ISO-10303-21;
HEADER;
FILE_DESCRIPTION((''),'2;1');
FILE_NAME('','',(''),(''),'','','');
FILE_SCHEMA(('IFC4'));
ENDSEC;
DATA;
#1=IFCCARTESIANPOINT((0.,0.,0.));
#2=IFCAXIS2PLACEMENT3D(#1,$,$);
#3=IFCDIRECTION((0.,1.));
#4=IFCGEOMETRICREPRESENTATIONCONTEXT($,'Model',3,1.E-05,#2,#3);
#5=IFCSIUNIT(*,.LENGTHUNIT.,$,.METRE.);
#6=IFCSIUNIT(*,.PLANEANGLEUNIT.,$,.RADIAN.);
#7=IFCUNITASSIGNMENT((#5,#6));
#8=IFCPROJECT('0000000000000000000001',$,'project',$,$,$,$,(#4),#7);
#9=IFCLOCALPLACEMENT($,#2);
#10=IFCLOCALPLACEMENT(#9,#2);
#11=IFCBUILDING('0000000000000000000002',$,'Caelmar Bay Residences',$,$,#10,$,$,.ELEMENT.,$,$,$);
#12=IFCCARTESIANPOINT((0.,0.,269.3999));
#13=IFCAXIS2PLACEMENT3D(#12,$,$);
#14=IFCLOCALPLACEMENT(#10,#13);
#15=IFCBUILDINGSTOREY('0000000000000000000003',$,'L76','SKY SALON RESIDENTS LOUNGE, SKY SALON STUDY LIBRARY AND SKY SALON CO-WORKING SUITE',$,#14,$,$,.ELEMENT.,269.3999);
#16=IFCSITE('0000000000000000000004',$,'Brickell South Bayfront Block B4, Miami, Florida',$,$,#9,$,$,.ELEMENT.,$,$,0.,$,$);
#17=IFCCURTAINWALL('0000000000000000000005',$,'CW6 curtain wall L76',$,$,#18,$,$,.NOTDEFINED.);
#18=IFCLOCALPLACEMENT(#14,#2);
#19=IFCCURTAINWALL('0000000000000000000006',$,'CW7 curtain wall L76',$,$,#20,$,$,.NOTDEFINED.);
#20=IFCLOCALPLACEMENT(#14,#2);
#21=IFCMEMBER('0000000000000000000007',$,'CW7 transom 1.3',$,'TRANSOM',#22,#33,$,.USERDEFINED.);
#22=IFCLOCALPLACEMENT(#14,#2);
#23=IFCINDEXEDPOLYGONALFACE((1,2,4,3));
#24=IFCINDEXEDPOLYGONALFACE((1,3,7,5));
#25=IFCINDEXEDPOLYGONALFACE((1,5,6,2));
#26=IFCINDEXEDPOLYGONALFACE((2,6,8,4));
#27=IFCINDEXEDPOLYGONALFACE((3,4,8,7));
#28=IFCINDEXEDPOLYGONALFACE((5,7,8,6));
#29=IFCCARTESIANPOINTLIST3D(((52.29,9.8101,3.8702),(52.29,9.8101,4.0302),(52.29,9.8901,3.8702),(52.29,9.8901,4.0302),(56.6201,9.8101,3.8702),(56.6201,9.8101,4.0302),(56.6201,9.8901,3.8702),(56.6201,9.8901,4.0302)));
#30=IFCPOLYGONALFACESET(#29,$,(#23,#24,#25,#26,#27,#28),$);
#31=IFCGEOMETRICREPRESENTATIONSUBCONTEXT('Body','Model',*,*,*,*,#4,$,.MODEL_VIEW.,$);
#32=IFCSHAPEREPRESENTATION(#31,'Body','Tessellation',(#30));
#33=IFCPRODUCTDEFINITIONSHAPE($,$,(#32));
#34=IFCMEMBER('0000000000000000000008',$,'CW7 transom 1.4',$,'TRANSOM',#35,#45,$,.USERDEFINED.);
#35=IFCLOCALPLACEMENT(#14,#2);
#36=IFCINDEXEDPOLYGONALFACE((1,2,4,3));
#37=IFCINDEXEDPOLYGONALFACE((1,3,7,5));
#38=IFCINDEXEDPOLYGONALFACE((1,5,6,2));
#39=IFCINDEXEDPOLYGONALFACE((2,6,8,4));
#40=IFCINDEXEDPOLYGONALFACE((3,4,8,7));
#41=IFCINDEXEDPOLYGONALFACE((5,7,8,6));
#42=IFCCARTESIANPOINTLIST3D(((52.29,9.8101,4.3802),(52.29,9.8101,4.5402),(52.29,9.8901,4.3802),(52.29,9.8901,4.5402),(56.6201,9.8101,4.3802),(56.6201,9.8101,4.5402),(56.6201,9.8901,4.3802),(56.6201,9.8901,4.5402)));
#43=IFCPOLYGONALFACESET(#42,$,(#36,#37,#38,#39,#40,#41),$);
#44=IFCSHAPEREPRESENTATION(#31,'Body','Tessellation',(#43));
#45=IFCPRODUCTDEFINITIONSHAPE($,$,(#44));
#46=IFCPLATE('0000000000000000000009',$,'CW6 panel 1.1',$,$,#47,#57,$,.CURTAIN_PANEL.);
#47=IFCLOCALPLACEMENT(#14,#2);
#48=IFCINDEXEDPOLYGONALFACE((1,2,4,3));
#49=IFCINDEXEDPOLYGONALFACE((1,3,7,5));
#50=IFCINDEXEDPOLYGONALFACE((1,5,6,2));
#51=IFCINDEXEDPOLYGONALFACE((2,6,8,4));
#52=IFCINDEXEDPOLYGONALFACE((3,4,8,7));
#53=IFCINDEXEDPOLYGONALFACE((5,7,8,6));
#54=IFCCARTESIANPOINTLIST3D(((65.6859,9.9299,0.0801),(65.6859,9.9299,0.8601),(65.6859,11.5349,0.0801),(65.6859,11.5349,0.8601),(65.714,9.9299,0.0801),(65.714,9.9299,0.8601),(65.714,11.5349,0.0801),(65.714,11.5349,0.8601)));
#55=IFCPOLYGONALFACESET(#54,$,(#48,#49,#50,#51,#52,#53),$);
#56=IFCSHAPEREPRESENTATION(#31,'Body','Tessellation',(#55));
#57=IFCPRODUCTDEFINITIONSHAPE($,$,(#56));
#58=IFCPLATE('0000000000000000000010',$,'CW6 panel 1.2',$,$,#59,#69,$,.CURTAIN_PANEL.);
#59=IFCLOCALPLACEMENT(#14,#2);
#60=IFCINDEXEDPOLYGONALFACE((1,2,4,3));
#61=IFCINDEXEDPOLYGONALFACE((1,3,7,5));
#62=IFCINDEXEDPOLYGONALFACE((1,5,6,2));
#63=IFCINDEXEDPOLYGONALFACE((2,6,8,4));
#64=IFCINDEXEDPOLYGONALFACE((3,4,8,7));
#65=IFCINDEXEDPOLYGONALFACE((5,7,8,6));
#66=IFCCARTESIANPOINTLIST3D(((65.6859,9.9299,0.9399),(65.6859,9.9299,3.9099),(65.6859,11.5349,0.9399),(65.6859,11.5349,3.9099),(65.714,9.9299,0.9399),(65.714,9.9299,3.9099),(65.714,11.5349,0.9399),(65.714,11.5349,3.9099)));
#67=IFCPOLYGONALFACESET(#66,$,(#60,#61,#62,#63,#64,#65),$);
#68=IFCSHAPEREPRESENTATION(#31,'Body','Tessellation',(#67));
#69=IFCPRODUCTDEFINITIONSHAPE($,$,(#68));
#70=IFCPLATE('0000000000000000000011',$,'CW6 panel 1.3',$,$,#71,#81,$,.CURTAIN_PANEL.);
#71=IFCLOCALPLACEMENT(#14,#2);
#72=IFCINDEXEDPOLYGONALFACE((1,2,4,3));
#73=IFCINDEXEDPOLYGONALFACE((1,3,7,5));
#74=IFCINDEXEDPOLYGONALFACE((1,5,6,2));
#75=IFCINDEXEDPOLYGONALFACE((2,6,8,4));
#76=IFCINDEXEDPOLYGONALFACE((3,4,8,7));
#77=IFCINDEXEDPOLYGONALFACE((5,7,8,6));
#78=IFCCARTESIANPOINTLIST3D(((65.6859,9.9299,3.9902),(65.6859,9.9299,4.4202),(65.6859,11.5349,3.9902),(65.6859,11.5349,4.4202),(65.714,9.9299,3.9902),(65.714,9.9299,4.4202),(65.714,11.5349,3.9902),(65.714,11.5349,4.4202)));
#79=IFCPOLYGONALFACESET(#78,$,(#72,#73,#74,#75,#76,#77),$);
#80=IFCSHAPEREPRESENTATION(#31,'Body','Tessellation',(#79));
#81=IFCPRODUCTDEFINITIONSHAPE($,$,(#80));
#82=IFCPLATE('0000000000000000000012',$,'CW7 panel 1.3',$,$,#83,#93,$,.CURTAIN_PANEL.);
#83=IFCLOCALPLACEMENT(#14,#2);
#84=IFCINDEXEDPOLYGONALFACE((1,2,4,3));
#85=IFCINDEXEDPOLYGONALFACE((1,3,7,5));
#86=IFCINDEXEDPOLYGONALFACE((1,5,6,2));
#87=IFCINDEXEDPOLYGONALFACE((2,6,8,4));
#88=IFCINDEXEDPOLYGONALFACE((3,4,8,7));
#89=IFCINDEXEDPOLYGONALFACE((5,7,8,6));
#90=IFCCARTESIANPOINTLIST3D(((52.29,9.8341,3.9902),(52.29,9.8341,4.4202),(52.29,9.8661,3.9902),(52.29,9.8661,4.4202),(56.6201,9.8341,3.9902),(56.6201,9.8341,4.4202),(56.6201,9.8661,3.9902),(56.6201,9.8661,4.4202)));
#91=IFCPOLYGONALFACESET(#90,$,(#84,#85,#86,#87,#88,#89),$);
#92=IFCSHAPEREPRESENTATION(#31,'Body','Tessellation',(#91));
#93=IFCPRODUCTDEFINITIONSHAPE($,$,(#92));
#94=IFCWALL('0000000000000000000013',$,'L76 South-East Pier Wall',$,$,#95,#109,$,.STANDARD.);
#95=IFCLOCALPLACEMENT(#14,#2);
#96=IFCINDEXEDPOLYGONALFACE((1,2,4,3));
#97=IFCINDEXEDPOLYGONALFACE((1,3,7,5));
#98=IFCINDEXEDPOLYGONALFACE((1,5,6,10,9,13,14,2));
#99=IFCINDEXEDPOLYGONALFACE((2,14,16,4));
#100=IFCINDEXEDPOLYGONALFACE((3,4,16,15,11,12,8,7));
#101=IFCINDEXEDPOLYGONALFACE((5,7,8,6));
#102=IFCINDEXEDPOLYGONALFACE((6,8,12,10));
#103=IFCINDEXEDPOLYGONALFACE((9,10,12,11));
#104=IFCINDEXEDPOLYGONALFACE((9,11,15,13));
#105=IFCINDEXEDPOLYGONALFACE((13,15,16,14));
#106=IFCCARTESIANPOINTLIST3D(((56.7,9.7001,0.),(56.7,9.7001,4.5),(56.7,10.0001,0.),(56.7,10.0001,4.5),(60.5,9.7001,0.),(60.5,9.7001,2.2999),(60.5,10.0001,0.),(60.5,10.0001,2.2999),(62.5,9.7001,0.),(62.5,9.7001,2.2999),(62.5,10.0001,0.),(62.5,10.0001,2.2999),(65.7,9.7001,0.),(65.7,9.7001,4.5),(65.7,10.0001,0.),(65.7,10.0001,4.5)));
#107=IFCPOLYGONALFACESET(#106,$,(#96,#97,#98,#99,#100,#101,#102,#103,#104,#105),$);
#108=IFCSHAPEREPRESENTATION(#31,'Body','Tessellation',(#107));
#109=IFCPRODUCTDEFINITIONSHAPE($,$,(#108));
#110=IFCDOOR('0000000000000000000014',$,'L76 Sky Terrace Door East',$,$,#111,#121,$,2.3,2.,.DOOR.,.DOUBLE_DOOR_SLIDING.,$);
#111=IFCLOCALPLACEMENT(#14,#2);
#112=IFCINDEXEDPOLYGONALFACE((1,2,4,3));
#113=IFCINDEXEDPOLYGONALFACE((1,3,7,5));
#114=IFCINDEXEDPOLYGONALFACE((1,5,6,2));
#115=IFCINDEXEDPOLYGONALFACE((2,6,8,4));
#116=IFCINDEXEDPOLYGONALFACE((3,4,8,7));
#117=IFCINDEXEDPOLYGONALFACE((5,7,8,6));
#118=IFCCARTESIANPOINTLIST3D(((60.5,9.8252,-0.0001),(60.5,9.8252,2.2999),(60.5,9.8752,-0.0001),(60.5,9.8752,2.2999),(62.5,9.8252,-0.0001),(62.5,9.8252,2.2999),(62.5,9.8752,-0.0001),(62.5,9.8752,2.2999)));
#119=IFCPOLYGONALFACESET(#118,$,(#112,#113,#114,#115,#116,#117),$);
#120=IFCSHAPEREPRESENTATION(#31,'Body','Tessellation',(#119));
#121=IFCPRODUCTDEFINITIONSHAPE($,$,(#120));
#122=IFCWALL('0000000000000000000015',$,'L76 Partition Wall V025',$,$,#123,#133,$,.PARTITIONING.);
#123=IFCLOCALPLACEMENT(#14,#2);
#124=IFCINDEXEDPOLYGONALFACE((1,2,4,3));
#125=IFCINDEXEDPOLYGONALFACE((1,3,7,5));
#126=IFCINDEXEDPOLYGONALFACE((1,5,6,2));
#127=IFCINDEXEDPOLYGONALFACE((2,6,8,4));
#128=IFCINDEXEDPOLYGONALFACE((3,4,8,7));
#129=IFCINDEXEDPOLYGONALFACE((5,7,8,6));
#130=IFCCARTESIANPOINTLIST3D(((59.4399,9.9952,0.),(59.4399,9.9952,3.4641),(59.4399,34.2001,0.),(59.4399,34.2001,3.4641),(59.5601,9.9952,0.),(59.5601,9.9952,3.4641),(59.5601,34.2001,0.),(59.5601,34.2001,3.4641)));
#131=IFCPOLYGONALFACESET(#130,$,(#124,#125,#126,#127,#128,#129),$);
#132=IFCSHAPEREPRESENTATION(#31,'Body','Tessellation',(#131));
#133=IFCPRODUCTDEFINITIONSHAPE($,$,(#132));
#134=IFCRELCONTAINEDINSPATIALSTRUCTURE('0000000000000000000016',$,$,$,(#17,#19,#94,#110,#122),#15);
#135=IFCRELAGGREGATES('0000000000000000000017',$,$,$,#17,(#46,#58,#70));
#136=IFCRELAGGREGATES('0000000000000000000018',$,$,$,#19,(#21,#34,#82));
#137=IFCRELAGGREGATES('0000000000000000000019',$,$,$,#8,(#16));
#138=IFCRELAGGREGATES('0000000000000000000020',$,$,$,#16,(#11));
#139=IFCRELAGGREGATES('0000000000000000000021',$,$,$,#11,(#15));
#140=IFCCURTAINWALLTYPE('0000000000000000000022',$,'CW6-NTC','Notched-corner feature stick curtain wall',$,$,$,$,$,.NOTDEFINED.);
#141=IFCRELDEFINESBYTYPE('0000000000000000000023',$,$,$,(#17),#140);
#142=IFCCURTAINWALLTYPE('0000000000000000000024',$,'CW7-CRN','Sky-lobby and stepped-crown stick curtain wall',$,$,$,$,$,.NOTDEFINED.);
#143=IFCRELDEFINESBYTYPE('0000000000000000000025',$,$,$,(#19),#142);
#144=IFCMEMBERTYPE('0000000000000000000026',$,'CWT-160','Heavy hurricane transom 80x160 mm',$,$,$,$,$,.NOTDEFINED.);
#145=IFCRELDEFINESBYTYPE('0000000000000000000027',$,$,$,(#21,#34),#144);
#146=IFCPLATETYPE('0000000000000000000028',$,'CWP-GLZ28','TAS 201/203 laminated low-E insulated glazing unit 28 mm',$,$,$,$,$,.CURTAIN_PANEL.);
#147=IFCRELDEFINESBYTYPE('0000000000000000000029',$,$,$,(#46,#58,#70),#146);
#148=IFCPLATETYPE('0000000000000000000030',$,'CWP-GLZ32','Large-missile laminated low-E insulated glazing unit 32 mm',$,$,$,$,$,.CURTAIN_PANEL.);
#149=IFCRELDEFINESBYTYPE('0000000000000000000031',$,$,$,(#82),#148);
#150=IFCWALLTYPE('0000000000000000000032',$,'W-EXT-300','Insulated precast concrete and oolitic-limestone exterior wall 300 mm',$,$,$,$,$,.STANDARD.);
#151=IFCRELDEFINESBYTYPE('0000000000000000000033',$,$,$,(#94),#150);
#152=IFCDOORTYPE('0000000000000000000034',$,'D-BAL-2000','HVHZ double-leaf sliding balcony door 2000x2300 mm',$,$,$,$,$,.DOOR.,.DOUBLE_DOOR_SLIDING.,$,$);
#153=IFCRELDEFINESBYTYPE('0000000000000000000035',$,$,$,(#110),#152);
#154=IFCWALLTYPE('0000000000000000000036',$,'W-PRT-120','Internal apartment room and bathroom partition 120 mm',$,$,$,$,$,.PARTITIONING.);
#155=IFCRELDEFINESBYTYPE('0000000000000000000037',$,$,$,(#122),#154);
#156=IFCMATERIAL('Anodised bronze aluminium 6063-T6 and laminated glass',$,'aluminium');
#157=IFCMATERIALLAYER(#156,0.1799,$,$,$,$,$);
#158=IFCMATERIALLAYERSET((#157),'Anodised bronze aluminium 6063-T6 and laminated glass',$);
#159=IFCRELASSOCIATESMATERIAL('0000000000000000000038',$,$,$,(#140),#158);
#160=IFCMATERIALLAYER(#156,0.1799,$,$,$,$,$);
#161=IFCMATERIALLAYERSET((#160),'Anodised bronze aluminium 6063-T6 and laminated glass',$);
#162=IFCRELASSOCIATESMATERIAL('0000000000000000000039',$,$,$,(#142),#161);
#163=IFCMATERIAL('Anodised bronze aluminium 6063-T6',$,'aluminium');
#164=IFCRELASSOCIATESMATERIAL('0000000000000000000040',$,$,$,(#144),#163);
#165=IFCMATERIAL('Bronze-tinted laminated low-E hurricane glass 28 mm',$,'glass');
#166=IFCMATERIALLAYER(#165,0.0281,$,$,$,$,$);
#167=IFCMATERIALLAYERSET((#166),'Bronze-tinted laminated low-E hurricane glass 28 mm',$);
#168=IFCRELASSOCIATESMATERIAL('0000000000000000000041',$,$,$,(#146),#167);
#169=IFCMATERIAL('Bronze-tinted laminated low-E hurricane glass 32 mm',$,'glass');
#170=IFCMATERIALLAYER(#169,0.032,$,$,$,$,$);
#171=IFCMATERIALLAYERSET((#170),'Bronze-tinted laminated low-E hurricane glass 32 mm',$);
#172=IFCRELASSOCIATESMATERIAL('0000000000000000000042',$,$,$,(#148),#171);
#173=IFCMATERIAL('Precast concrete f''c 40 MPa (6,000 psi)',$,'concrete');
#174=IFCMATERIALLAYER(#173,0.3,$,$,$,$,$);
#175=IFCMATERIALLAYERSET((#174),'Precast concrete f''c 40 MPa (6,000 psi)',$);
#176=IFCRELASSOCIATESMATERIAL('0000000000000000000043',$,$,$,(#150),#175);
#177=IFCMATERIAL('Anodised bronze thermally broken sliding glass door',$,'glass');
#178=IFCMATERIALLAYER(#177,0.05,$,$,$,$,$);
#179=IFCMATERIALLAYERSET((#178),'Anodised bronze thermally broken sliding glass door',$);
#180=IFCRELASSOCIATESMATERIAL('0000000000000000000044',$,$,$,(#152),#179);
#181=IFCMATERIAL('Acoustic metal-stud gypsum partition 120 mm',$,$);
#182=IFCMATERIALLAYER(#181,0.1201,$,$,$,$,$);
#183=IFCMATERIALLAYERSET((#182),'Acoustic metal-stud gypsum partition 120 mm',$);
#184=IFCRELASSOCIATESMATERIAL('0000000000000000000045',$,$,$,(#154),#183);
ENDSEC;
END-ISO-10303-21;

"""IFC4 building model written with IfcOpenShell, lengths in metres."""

from ifc_helpers import new_model, si_unit, direction, frame, frame_2d, origin, origin_2d, place, context, subcontext, project, spatial, rectangle, extrude, material, layer, layer_set, material_profile, profile_set, type_object, element, fill, aggregate, save


model = new_model("IFC4")

# Units and contexts
model_context = context("Model", 3, precision=1e-05, world=origin(), true_north=direction((0.0, 1.0)))
body_context = subcontext(model_context, "Body", "Model", "MODEL_VIEW")
ifc_project = project(units=[si_unit("LENGTHUNIT", "METRE"), si_unit("PLANEANGLEUNIT", "RADIAN")], contexts=[model_context])

# Site, building, storey
site_placement = place(None, origin())
site = spatial("IfcSite", under=ifc_project, at=site_placement, Name="Brickell South Bayfront Block B4, Miami, Florida", CompositionType="ELEMENT", RefElevation=0.0)
building_placement = place(site_placement, origin())
building = spatial("IfcBuilding", under=site, at=building_placement, Name="Caelmar Bay Residences", CompositionType="ELEMENT")
storey_placement = place(building_placement, frame((0.0, 0.0, 269.3999)))
storey = spatial("IfcBuildingStorey", under=building, at=storey_placement, Name="L76", Description="SKY SALON RESIDENTS LOUNGE, SKY SALON STUDY LIBRARY AND SKY SALON CO-WORKING SUITE", CompositionType="ELEMENT", Elevation=269.3999)

# Curtain wall
ifc_material_1 = material(Name="Anodised bronze aluminium 6063-T6 and laminated glass", Category="aluminium")
ifc_layer_1 = layer(ifc_material_1, 0.1799)
ifc_layer_set_1 = layer_set([ifc_layer_1], Name="Anodised bronze aluminium 6063-T6 and laminated glass")
curtain_wall_type_1 = type_object("IfcCurtainWallType", Name="CW6-NTC", Description="Notched-corner feature stick curtain wall", PredefinedType="NOTDEFINED", material=ifc_layer_set_1)
curtain_wall_1_placement = place(storey_placement, origin())
curtain_wall_1 = element("IfcCurtainWall", 1, at=curtain_wall_1_placement, inside=storey, type_object=curtain_wall_type_1, Name="CW6 curtain wall L76", PredefinedType="NOTDEFINED")
ifc_material_2 = material(Name="Anodised bronze aluminium 6063-T6", Category="aluminium")

# Curtain wall
ifc_layer_2 = layer(ifc_material_1, 0.1799)
ifc_layer_set_2 = layer_set([ifc_layer_2], Name="Anodised bronze aluminium 6063-T6 and laminated glass")
curtain_wall_type_2 = type_object("IfcCurtainWallType", Name="CW7-CRN", Description="Sky-lobby and stepped-crown stick curtain wall", PredefinedType="NOTDEFINED", material=ifc_layer_set_2)
curtain_wall_2_placement = place(storey_placement, origin())
curtain_wall_2 = element("IfcCurtainWall", 2, at=curtain_wall_2_placement, inside=storey, type_object=curtain_wall_type_2, Name="CW7 curtain wall L76", PredefinedType="NOTDEFINED")

# Members
ifc_material_profile_1 = material_profile(ifc_material_2, rectangle(XDim=0.0801, YDim=0.1599, at=origin_2d()), Name="CWT-80X160")
ifc_profile_set_1 = profile_set([ifc_material_profile_1], Name="Anodised bronze aluminium 6063-T6")
member_type_1 = type_object("IfcMemberType", Name="CWT-160", Description="Heavy hurricane transom 80x160 mm", PredefinedType="NOTDEFINED", material=ifc_profile_set_1)
member_1_placement = place(storey_placement, frame((56.6201, 9.8501, 3.9502), z_axis=(-1.0, 0.0, 0.0), x_axis=(0.0, -1.0, 0.0)))
member_1 = element("IfcMember", 3, at=member_1_placement, type_object=member_type_1, Name="CW7 transom 1.3", ObjectType="TRANSOM", PredefinedType="USERDEFINED", context=body_context, shape_type="SweptSolid", body=[
    extrude(rectangle(XDim=0.0801, YDim=0.1599, at=origin_2d()), origin(), (0.0, 0.0, 1.0), 4.3301),
])
member_2_placement = place(storey_placement, frame((56.6201, 9.8501, 4.4602), z_axis=(-1.0, 0.0, 0.0), x_axis=(0.0, -1.0, 0.0)))
member_2 = element("IfcMember", 4, at=member_2_placement, type_object=member_type_1, Name="CW7 transom 1.4", ObjectType="TRANSOM", PredefinedType="USERDEFINED", context=body_context, shape_type="SweptSolid", body=[
    extrude(rectangle(XDim=0.0801, YDim=0.1599, at=origin_2d()), origin(), (0.0, 0.0, 1.0), 4.3301),
])

# Plates
ifc_material_3 = material(Name="Bronze-tinted laminated low-E hurricane glass 28 mm", Category="glass")
ifc_layer_3 = layer(ifc_material_3, 0.0281)
ifc_layer_set_3 = layer_set([ifc_layer_3], Name="Bronze-tinted laminated low-E hurricane glass 28 mm")
plate_type_1 = type_object("IfcPlateType", Name="CWP-GLZ28", Description="TAS 201/203 laminated low-E insulated glazing unit 28 mm", PredefinedType="CURTAIN_PANEL", material=ifc_layer_set_3)
plate_1_placement = place(storey_placement, frame((65.7, 10.7324, 0.0801), z_axis=(0.0, 0.0, 1.0), x_axis=(0.0, 1.0, 0.0)))
plate_1 = element("IfcPlate", 5, at=plate_1_placement, type_object=plate_type_1, Name="CW6 panel 1.1", PredefinedType="CURTAIN_PANEL", context=body_context, shape_type="SweptSolid", body=[
    extrude(rectangle(XDim=1.605, YDim=0.0281, at=origin_2d()), origin(), (0.0, 0.0, 1.0), 0.78),
])
plate_2_placement = place(storey_placement, frame((65.7, 10.7324, 0.9399), z_axis=(0.0, 0.0, 1.0), x_axis=(0.0, 1.0, 0.0)))
plate_2 = element("IfcPlate", 6, at=plate_2_placement, type_object=plate_type_1, Name="CW6 panel 1.2", PredefinedType="CURTAIN_PANEL", context=body_context, shape_type="SweptSolid", body=[
    extrude(rectangle(XDim=1.605, YDim=0.0281, at=origin_2d()), origin(), (0.0, 0.0, 1.0), 2.97),
])
plate_3_placement = place(storey_placement, frame((65.7, 10.7324, 3.9902), z_axis=(0.0, 0.0, 1.0), x_axis=(0.0, 1.0, 0.0)))
plate_3 = element("IfcPlate", 7, at=plate_3_placement, type_object=plate_type_1, Name="CW6 panel 1.3", PredefinedType="CURTAIN_PANEL", context=body_context, shape_type="SweptSolid", body=[
    extrude(rectangle(XDim=1.605, YDim=0.0281, at=origin_2d()), origin(), (0.0, 0.0, 1.0), 0.4299),
])
aggregate(curtain_wall_1, [plate_1, plate_2, plate_3])
ifc_material_4 = material(Name="Bronze-tinted laminated low-E hurricane glass 32 mm", Category="glass")
ifc_layer_4 = layer(ifc_material_4, 0.032)
ifc_layer_set_4 = layer_set([ifc_layer_4], Name="Bronze-tinted laminated low-E hurricane glass 32 mm")
plate_type_2 = type_object("IfcPlateType", Name="CWP-GLZ32", Description="Large-missile laminated low-E insulated glazing unit 32 mm", PredefinedType="CURTAIN_PANEL", material=ifc_layer_set_4)
plate_4_placement = place(storey_placement, frame((54.4551, 9.8501, 3.9902), z_axis=(0.0, 0.0, 1.0), x_axis=(-1.0, 0.0, 0.0)))
plate_4 = element("IfcPlate", 8, at=plate_4_placement, type_object=plate_type_2, Name="CW7 panel 1.3", PredefinedType="CURTAIN_PANEL", context=body_context, shape_type="SweptSolid", body=[
    extrude(rectangle(XDim=4.3301, YDim=0.032, at=origin_2d()), origin(), (0.0, 0.0, 1.0), 0.4299),
])
aggregate(curtain_wall_2, [member_1, member_2, plate_4])

# Wall, opening, door
ifc_material_5 = material(Name="Precast concrete f'c 40 MPa (6,000 psi)", Category="concrete")
ifc_layer_5 = layer(ifc_material_5, 0.3)
ifc_layer_set_5 = layer_set([ifc_layer_5], Name="Precast concrete f'c 40 MPa (6,000 psi)")
wall_type_1 = type_object("IfcWallType", Name="W-EXT-300", Description="Insulated precast concrete and oolitic-limestone exterior wall 300 mm", PredefinedType="STANDARD", material=ifc_layer_set_5)
wall_1_placement = place(storey_placement, frame((65.7, 9.8501, 0.0), z_axis=(0.0, 0.0, 1.0), x_axis=(-1.0, 0.0, 0.0)))
wall_1 = element("IfcWall", 9, at=wall_1_placement, inside=storey, type_object=wall_type_1, Name="L76 South-East Pier Wall", PredefinedType="STANDARD", context=body_context, shape_type="SweptSolid", body=[
    extrude(rectangle(XDim=9.0, YDim=0.3, at=frame_2d((4.5, 0.0))), origin(), (0.0, 0.0, 1.0), 4.5),
])
opening_placement = place(wall_1_placement, frame((3.2, 0.0, 0.0)))
opening = element("IfcOpeningElement", 10, at=opening_placement, cuts=wall_1, PredefinedType="OPENING", context=body_context, shape_type="SweptSolid", body=[
    extrude(rectangle(XDim=2.0, YDim=2.3, at=frame_2d((1.0, 1.1499))), frame((0.0, 0.1599, 0.0), z_axis=(0.0, -1.0, 0.0), x_axis=(1.0, 0.0, 0.0)), (0.0, 0.0, 1.0), 0.3201),
])
ifc_material_6 = material(Name="Anodised bronze thermally broken sliding glass door", Category="glass")
ifc_layer_6 = layer(ifc_material_6, 0.05)
ifc_layer_set_6 = layer_set([ifc_layer_6], Name="Anodised bronze thermally broken sliding glass door")
door_type = type_object("IfcDoorType", Name="D-BAL-2000", Description="HVHZ double-leaf sliding balcony door 2000x2300 mm", OperationType="DOUBLE_DOOR_SLIDING", PredefinedType="DOOR", material=ifc_layer_set_6)
door_placement = place(opening_placement, origin())
door = element("IfcDoor", 11, at=door_placement, inside=storey, type_object=door_type, Name="L76 Sky Terrace Door East", OperationType="DOUBLE_DOOR_SLIDING", OverallHeight=2.3, OverallWidth=2.0, PredefinedType="DOOR", context=body_context, shape_type="SweptSolid", body=[
    extrude(rectangle(XDim=2.0, YDim=2.3, at=frame_2d((1.0, 1.1499))), frame((0.0, 0.0249, 0.0), z_axis=(0.0, -1.0, 0.0), x_axis=(1.0, 0.0, 0.0)), (0.0, 0.0, 1.0), 0.05),
])
fill(opening, door)

# Wall
ifc_material_7 = material(Name="Acoustic metal-stud gypsum partition 120 mm")
ifc_layer_7 = layer(ifc_material_7, 0.1201)
ifc_layer_set_7 = layer_set([ifc_layer_7], Name="Acoustic metal-stud gypsum partition 120 mm")
wall_type_2 = type_object("IfcWallType", Name="W-PRT-120", Description="Internal apartment room and bathroom partition 120 mm", PredefinedType="PARTITIONING", material=ifc_layer_set_7)
wall_2_placement = place(storey_placement, frame((59.5, 9.9951, 0.0), z_axis=(0.0, 0.0, 1.0), x_axis=(0.0, 1.0, 0.0)))
element("IfcWall", 12, at=wall_2_placement, inside=storey, type_object=wall_type_2, Name="L76 Partition Wall V025", PredefinedType="PARTITIONING", context=body_context, shape_type="SweptSolid", body=[
    extrude(rectangle(XDim=24.2048, YDim=0.1201, at=frame_2d((12.1025, 0.0))), origin(), (0.0, 0.0, 1.0), 3.4641),
])

save(model, "model.ifc")
